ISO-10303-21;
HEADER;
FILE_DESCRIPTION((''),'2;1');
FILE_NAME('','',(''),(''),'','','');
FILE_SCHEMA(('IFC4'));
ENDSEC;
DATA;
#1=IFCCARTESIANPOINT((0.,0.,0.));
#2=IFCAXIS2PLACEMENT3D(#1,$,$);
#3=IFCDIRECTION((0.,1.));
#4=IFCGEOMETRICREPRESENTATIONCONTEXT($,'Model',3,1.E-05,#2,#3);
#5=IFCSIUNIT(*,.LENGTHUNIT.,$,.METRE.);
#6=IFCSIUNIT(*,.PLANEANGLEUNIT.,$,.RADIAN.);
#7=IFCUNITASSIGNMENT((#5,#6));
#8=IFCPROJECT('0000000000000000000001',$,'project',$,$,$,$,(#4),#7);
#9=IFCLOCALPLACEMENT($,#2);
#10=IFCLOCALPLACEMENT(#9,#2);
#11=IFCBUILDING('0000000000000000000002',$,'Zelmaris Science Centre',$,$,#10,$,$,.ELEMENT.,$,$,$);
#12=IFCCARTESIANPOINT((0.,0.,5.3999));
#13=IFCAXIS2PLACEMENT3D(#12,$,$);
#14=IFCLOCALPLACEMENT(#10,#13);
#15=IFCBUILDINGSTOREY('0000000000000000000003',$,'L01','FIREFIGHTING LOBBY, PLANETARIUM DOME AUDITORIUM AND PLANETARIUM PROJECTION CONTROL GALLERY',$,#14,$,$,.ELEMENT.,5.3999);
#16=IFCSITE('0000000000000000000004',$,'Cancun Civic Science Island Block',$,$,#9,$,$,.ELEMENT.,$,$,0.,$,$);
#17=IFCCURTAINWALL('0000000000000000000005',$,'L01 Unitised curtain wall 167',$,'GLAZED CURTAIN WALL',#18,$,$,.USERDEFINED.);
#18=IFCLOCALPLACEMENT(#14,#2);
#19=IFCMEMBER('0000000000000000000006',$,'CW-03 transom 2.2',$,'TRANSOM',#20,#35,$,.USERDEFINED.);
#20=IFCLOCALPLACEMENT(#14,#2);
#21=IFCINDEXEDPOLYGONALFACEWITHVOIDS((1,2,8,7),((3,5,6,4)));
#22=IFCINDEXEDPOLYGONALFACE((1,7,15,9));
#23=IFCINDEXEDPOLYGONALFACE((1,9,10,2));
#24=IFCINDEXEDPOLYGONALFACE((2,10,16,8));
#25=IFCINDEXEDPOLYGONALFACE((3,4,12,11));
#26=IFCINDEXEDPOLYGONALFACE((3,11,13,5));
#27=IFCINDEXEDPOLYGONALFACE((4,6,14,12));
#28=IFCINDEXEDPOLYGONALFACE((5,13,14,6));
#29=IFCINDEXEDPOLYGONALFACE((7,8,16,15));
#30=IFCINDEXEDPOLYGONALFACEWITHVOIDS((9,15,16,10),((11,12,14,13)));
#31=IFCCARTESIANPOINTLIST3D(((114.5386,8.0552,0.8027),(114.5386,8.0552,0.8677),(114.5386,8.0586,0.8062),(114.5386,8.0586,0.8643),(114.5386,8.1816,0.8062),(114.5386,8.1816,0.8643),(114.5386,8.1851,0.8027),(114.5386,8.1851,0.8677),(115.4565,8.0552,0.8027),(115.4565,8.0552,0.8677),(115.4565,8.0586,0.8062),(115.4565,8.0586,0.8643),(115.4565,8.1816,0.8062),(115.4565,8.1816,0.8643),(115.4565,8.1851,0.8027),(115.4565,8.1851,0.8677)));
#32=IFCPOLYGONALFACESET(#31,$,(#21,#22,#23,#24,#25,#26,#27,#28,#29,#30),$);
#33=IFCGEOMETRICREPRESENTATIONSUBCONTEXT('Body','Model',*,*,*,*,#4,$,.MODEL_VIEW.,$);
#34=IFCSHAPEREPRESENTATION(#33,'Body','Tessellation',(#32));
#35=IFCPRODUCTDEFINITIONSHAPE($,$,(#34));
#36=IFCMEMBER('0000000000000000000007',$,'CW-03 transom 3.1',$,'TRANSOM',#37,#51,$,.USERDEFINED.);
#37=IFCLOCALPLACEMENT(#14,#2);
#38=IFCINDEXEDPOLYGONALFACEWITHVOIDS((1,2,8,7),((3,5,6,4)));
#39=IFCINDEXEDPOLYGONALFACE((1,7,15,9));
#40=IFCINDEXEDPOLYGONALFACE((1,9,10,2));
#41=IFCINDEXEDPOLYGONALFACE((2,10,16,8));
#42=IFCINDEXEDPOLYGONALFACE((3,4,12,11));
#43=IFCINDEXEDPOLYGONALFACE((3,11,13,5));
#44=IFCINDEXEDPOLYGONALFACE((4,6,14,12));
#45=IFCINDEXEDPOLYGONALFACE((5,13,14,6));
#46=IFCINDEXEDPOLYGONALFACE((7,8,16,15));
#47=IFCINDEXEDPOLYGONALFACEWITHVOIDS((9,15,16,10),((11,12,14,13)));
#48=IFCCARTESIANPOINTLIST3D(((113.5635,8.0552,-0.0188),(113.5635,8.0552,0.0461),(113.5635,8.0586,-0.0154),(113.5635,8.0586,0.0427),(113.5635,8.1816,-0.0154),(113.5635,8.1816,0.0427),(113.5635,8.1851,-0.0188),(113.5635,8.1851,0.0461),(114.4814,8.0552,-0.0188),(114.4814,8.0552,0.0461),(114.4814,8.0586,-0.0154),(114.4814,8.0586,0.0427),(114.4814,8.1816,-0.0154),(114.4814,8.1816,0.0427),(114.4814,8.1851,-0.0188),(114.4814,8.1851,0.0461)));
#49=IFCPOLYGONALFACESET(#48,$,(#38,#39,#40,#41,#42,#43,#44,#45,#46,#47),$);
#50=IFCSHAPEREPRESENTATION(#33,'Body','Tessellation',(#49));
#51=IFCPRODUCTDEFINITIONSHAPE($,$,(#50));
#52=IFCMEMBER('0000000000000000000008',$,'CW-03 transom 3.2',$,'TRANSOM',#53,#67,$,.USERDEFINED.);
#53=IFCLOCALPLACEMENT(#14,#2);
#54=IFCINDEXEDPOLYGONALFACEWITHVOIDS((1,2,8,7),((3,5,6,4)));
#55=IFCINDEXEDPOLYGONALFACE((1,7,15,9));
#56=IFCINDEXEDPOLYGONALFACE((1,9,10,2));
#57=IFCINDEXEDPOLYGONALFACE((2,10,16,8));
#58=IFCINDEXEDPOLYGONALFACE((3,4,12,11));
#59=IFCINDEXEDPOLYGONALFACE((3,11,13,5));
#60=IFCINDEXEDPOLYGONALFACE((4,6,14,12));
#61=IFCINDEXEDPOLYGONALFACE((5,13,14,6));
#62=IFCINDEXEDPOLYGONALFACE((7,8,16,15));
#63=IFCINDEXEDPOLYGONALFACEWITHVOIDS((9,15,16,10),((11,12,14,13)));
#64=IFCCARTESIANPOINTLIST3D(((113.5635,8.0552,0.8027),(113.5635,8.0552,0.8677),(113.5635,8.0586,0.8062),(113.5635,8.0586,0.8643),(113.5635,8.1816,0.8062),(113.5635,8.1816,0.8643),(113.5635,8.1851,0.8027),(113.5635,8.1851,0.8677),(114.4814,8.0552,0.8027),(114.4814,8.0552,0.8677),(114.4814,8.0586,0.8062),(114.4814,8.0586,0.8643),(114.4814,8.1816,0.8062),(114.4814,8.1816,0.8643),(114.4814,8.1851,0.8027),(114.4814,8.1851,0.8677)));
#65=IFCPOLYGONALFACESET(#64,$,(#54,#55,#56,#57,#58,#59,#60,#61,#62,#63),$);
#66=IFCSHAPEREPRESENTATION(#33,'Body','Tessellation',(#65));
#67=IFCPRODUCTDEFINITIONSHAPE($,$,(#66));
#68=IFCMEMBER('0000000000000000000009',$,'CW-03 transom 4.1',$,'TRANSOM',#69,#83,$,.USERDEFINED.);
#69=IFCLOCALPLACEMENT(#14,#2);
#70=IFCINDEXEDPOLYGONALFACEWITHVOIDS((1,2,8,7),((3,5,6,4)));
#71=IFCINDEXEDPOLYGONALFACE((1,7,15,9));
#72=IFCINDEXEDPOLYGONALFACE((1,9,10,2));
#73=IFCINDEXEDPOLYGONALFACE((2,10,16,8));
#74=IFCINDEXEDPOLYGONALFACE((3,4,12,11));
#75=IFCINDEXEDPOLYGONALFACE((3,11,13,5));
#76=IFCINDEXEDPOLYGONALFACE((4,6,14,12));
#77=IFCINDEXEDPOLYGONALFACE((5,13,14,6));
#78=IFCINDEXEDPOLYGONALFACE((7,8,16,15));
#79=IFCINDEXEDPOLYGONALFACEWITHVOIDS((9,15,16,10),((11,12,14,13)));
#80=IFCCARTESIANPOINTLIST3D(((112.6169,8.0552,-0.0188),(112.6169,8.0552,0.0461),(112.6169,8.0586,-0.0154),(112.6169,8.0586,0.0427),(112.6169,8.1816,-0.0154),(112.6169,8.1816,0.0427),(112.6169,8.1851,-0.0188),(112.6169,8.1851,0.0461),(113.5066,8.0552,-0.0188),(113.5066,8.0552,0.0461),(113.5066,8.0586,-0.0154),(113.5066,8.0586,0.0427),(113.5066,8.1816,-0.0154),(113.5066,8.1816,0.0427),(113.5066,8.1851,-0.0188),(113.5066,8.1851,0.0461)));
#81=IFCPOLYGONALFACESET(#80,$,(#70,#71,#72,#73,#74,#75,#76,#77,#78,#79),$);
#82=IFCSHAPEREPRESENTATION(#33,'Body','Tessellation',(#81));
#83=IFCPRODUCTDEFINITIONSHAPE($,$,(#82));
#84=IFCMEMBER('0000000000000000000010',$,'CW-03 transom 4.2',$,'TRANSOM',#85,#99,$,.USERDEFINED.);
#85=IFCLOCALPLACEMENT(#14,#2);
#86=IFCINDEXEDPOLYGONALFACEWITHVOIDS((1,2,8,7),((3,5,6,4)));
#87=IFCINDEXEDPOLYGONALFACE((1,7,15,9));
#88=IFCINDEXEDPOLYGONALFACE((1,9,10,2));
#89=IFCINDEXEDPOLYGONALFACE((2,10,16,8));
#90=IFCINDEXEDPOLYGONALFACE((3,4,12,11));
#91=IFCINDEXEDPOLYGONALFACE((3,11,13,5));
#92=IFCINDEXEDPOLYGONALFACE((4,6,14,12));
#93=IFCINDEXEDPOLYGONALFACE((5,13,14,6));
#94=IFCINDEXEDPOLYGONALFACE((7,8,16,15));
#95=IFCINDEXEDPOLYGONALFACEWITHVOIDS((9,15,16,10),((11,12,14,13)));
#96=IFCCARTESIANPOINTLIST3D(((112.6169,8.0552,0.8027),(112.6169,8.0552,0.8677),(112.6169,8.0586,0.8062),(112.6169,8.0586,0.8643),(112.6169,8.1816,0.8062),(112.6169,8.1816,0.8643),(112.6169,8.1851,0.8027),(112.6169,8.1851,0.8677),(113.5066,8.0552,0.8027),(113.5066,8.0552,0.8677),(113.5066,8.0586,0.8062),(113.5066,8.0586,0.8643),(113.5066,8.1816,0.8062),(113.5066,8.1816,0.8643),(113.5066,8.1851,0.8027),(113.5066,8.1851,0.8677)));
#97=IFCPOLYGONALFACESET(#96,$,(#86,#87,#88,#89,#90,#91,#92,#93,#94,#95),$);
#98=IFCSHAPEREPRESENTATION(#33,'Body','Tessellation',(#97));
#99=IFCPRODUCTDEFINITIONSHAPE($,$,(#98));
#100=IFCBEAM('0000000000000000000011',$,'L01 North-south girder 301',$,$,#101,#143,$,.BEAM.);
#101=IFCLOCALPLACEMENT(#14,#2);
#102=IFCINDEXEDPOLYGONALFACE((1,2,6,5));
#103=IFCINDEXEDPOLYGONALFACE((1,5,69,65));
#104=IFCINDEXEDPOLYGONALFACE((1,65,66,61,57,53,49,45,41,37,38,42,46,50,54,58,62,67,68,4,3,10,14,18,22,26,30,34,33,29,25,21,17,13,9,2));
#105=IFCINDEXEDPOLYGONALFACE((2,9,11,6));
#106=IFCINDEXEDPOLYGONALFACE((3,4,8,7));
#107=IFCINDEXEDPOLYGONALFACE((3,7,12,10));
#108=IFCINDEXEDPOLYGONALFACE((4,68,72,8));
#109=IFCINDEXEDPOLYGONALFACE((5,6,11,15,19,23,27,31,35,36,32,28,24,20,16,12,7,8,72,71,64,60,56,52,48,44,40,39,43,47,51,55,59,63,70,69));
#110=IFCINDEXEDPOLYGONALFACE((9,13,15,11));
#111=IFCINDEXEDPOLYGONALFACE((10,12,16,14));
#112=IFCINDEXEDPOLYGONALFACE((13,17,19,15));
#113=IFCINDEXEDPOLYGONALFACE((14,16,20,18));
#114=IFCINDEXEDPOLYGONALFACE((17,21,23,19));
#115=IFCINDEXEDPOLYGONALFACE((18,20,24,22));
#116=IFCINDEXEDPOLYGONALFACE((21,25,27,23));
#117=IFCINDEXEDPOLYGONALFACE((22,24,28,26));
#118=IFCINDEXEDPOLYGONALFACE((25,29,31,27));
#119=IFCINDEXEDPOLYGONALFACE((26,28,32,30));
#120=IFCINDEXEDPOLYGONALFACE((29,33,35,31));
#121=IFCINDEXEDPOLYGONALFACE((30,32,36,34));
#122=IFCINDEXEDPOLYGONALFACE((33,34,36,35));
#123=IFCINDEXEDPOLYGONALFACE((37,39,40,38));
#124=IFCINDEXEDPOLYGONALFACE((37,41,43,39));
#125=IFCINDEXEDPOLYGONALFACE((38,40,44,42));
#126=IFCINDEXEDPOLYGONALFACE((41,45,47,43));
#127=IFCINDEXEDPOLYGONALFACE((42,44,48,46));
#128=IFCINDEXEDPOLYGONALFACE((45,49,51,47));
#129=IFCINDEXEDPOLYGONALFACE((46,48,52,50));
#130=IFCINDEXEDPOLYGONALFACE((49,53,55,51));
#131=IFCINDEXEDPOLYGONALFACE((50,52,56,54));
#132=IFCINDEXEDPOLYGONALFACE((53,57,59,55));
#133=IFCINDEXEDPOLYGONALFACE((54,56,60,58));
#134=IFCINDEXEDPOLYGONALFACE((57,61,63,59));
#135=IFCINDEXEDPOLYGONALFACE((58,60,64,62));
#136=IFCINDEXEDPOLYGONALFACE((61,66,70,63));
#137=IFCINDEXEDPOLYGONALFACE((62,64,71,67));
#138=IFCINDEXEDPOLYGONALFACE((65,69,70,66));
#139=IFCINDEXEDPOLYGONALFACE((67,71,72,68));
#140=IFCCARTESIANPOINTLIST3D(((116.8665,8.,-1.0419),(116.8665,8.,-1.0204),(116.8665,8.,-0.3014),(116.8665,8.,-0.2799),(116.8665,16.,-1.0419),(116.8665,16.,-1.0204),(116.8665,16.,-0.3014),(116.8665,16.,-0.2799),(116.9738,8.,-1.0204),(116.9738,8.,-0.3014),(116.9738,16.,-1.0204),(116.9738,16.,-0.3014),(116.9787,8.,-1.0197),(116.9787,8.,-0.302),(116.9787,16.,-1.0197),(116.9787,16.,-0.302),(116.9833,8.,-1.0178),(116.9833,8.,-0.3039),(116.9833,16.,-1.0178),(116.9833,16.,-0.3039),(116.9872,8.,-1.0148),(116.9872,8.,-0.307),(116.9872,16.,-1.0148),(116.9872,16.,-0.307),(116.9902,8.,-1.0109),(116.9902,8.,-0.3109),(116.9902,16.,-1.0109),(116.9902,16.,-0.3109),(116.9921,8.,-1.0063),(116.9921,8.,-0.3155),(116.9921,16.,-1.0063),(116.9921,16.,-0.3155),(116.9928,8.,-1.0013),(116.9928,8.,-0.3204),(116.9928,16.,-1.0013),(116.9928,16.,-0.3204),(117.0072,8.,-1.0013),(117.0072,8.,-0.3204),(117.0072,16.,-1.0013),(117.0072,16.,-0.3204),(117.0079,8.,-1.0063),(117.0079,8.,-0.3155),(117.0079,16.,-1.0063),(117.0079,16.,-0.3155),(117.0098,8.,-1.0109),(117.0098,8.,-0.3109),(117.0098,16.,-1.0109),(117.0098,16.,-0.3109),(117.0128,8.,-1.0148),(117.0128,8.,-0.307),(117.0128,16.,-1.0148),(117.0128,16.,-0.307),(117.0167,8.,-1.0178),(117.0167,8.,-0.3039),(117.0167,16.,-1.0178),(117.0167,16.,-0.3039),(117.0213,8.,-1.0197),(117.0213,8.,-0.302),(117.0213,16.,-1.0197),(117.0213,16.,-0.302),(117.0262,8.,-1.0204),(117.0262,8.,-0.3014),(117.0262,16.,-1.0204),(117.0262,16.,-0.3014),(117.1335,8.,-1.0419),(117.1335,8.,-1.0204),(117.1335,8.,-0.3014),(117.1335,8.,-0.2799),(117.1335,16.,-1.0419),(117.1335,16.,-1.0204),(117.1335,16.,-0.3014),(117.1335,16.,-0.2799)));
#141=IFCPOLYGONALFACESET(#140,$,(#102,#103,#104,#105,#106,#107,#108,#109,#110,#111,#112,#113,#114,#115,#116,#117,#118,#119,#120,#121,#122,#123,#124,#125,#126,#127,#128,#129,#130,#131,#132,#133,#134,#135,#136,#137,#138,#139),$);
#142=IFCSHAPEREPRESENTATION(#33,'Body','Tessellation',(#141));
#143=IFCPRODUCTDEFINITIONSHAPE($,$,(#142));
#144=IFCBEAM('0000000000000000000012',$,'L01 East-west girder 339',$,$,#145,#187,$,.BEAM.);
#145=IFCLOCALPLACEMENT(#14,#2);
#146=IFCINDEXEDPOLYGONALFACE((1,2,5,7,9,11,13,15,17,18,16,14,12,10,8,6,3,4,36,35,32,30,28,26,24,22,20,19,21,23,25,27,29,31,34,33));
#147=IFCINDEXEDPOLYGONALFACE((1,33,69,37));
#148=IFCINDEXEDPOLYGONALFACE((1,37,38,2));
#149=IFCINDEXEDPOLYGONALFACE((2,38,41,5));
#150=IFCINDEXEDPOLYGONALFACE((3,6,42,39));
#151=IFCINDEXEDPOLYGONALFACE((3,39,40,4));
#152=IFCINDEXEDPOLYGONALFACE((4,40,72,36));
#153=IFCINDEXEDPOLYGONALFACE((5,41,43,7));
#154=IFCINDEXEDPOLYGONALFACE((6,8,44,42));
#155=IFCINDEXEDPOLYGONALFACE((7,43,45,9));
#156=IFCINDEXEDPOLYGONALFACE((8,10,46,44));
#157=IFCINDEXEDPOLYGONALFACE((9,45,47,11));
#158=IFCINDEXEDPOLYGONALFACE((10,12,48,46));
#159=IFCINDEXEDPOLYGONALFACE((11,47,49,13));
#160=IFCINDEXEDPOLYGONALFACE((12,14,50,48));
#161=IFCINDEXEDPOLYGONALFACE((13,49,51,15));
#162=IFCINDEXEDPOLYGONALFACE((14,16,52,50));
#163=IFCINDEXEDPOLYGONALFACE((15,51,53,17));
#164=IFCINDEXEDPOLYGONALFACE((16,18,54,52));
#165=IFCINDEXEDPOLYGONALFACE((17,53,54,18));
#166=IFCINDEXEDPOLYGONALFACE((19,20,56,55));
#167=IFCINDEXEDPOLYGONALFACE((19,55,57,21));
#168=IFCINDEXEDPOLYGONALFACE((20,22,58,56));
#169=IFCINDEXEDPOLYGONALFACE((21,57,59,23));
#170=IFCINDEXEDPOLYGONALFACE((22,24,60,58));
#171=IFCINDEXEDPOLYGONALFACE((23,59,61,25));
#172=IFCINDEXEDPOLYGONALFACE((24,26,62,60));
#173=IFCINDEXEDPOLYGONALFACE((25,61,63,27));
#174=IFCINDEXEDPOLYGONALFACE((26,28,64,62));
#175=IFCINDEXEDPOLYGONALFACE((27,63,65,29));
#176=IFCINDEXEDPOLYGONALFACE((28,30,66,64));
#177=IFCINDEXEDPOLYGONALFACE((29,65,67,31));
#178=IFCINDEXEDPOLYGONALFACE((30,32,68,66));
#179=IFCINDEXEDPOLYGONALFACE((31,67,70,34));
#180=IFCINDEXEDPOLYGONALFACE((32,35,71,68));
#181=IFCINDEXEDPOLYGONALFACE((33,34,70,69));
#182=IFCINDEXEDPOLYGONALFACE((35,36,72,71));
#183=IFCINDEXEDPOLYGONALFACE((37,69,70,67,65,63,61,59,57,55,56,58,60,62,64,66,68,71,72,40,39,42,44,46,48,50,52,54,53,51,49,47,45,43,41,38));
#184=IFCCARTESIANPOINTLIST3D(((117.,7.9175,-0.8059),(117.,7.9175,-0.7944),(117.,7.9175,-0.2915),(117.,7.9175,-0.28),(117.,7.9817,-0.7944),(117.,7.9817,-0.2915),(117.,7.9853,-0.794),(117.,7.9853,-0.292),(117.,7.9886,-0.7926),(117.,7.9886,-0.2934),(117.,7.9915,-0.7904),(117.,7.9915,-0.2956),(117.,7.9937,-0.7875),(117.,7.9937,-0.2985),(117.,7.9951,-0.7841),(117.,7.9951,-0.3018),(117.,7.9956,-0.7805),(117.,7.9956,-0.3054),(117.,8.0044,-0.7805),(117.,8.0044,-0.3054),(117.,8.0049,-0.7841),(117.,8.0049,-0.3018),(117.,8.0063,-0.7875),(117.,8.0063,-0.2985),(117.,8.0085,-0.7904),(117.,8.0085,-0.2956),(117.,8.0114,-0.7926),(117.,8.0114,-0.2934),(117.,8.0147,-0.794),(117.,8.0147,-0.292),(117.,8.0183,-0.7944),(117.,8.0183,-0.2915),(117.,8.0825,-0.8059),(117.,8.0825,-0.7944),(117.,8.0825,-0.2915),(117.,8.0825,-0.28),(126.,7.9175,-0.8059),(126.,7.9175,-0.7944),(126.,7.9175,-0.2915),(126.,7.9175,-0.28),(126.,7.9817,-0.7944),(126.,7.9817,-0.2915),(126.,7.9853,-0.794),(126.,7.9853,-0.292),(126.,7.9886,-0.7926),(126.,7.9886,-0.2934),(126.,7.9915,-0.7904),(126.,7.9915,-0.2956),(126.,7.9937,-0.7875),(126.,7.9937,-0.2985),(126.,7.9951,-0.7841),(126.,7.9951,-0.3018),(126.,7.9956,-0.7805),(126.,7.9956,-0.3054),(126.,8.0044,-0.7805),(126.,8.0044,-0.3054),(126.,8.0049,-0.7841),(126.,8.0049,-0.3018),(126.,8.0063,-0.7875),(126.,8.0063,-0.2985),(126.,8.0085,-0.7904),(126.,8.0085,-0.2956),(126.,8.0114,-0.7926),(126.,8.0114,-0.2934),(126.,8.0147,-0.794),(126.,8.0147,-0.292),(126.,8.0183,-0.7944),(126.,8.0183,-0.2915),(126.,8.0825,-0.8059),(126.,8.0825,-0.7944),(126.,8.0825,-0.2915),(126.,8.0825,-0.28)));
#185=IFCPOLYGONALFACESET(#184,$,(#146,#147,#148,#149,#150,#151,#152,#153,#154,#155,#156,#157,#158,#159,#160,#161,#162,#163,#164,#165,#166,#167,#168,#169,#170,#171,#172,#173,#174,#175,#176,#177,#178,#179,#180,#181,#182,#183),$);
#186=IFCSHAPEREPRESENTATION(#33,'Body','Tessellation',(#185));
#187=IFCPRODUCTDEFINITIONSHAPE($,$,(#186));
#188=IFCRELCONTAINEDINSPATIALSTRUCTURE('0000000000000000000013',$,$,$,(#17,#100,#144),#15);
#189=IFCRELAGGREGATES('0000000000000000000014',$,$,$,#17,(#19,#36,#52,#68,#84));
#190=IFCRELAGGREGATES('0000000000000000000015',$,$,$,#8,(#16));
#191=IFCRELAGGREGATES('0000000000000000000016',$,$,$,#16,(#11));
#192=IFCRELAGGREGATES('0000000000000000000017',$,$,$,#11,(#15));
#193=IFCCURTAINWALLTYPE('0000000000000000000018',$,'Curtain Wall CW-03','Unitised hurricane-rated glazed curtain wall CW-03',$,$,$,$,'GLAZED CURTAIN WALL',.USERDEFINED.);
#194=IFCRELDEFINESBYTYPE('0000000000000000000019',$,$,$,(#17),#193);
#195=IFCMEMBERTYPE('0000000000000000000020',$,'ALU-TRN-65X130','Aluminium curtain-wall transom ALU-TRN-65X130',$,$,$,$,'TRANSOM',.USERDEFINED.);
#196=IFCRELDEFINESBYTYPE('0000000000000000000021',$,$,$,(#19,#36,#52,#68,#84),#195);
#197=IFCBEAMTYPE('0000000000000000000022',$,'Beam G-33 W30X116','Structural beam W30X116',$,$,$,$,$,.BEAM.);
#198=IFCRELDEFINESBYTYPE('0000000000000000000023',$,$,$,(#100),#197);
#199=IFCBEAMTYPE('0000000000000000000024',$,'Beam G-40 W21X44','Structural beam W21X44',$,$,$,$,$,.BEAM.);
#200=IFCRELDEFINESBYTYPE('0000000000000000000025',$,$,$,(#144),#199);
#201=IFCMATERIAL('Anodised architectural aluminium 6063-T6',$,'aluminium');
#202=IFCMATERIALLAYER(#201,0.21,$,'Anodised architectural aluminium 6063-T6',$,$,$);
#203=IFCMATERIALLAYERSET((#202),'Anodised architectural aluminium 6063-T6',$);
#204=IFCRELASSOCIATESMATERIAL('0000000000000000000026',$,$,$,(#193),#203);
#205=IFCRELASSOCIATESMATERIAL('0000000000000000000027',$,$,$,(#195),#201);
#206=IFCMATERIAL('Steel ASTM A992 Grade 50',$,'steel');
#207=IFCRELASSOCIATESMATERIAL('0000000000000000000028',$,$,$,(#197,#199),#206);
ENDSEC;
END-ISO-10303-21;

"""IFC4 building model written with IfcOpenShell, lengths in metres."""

from ifc_helpers import new_model, si_unit, direction, frame, origin, origin_2d, place, context, subcontext, project, spatial, hollow_rectangle, i_section, extrude, material, layer, layer_set, material_profile, profile_set, type_object, element, aggregate, save


model = new_model("IFC4")

# Units and contexts
model_context = context("Model", 3, precision=1e-05, world=origin(), true_north=direction((0.0, 1.0)))
body_context = subcontext(model_context, "Body", "Model", "MODEL_VIEW")
ifc_project = project(units=[si_unit("LENGTHUNIT", "METRE"), si_unit("PLANEANGLEUNIT", "RADIAN")], contexts=[model_context])

# Site, building, storey
site_placement = place(None, origin())
site = spatial("IfcSite", under=ifc_project, at=site_placement, Name="Cancun Civic Science Island Block", CompositionType="ELEMENT", RefElevation=0.0)
building_placement = place(site_placement, origin())
building = spatial("IfcBuilding", under=site, at=building_placement, Name="Zelmaris Science Centre", CompositionType="ELEMENT")
storey_placement = place(building_placement, frame((0.0, 0.0, 5.3999)))
storey = spatial("IfcBuildingStorey", under=building, at=storey_placement, Name="L01", Description="FIREFIGHTING LOBBY, PLANETARIUM DOME AUDITORIUM AND PLANETARIUM PROJECTION CONTROL GALLERY", CompositionType="ELEMENT", Elevation=5.3999)

# Curtain wall, members
ifc_material_1 = material(Name="Anodised architectural aluminium 6063-T6", Category="aluminium")
ifc_layer_1 = layer(ifc_material_1, 0.21, Name="Anodised architectural aluminium 6063-T6")
ifc_layer_set_1 = layer_set([ifc_layer_1], Name="Anodised architectural aluminium 6063-T6")
curtain_wall_type = type_object("IfcCurtainWallType", Name="Curtain Wall CW-03", Description="Unitised hurricane-rated glazed curtain wall CW-03", ElementType="GLAZED CURTAIN WALL", PredefinedType="USERDEFINED", material=ifc_layer_set_1)
curtain_wall_placement = place(storey_placement, origin())
curtain_wall = element("IfcCurtainWall", 1, at=curtain_wall_placement, inside=storey, type_object=curtain_wall_type, Name="L01 Unitised curtain wall 167", ObjectType="GLAZED CURTAIN WALL", PredefinedType="USERDEFINED")
ifc_material_profile_1 = material_profile(ifc_material_1, hollow_rectangle(XDim=0.0649, YDim=0.1299, WallThickness=0.0034, at=origin_2d()), Name="ALU-TRN-65X130")
ifc_profile_set_1 = profile_set([ifc_material_profile_1], Name="Anodised architectural aluminium 6063-T6")
member_type_1 = type_object("IfcMemberType", Name="ALU-TRN-65X130", Description="Aluminium curtain-wall transom ALU-TRN-65X130", ElementType="TRANSOM", PredefinedType="USERDEFINED", material=ifc_profile_set_1)
member_1_placement = place(storey_placement, frame((115.4565, 8.1201, 0.8352), z_axis=(-1.0, 0.0, 0.0), x_axis=(0.0, 0.0, 1.0)))
member_1 = element("IfcMember", 2, at=member_1_placement, type_object=member_type_1, Name="CW-03 transom 2.2", ObjectType="TRANSOM", PredefinedType="USERDEFINED", context=body_context, shape_type="SweptSolid", body=[
    extrude(hollow_rectangle(XDim=0.0649, YDim=0.1299, WallThickness=0.0034, at=origin_2d()), origin(), (0.0, 0.0, 1.0), 0.918),
])
member_2_placement = place(storey_placement, frame((114.4814, 8.1201, 0.0137), z_axis=(-1.0, 0.0, 0.0), x_axis=(0.0, 0.0, 1.0)))
member_2 = element("IfcMember", 3, at=member_2_placement, type_object=member_type_1, Name="CW-03 transom 3.1", ObjectType="TRANSOM", PredefinedType="USERDEFINED", context=body_context, shape_type="SweptSolid", body=[
    extrude(hollow_rectangle(XDim=0.0649, YDim=0.1299, WallThickness=0.0034, at=origin_2d()), origin(), (0.0, 0.0, 1.0), 0.918),
])
member_3_placement = place(storey_placement, frame((114.4814, 8.1201, 0.8352), z_axis=(-1.0, 0.0, 0.0), x_axis=(0.0, 0.0, 1.0)))
member_3 = element("IfcMember", 4, at=member_3_placement, type_object=member_type_1, Name="CW-03 transom 3.2", ObjectType="TRANSOM", PredefinedType="USERDEFINED", context=body_context, shape_type="SweptSolid", body=[
    extrude(hollow_rectangle(XDim=0.0649, YDim=0.1299, WallThickness=0.0034, at=origin_2d()), origin(), (0.0, 0.0, 1.0), 0.918),
])
member_4_placement = place(storey_placement, frame((113.5066, 8.1201, 0.0137), z_axis=(-1.0, 0.0, 0.0), x_axis=(0.0, 0.0, 1.0)))
member_4 = element("IfcMember", 5, at=member_4_placement, type_object=member_type_1, Name="CW-03 transom 4.1", ObjectType="TRANSOM", PredefinedType="USERDEFINED", context=body_context, shape_type="SweptSolid", body=[
    extrude(hollow_rectangle(XDim=0.0649, YDim=0.1299, WallThickness=0.0034, at=origin_2d()), origin(), (0.0, 0.0, 1.0), 0.8896),
])
member_5_placement = place(storey_placement, frame((113.5066, 8.1201, 0.8352), z_axis=(-1.0, 0.0, 0.0), x_axis=(0.0, 0.0, 1.0)))
member_5 = element("IfcMember", 6, at=member_5_placement, type_object=member_type_1, Name="CW-03 transom 4.2", ObjectType="TRANSOM", PredefinedType="USERDEFINED", context=body_context, shape_type="SweptSolid", body=[
    extrude(hollow_rectangle(XDim=0.0649, YDim=0.1299, WallThickness=0.0034, at=origin_2d()), origin(), (0.0, 0.0, 1.0), 0.8896),
])

# Beams
ifc_material_2 = material(Name="Steel ASTM A992 Grade 50", Category="steel")
ifc_material_profile_2 = material_profile(ifc_material_2, i_section(OverallWidth=0.2671, OverallDepth=0.762, WebThickness=0.0144, FlangeThickness=0.0215, FilletRadius=0.019, at=origin_2d()), Name="W30X116")
ifc_profile_set_2 = profile_set([ifc_material_profile_2], Name="Steel ASTM A992 Grade 50")
beam_type_1 = type_object("IfcBeamType", Name="Beam G-33 W30X116", Description="Structural beam W30X116", PredefinedType="BEAM", material=ifc_profile_set_2)
beam_1_placement = place(storey_placement, frame((117.0, 8.0, -0.6609), z_axis=(0.0, 1.0, 0.0), x_axis=(-1.0, 0.0, 0.0)))
element("IfcBeam", 7, at=beam_1_placement, inside=storey, type_object=beam_type_1, Name="L01 North-south girder 301", PredefinedType="BEAM", context=body_context, shape_type="SweptSolid", body=[
    extrude(i_section(OverallWidth=0.2671, OverallDepth=0.762, WebThickness=0.0144, FlangeThickness=0.0215, FilletRadius=0.019, at=origin_2d()), origin(), (0.0, 0.0, 1.0), 8.0),
])
ifc_material_profile_3 = material_profile(ifc_material_2, i_section(OverallWidth=0.165, OverallDepth=0.5259, WebThickness=0.0088, FlangeThickness=0.0115, FilletRadius=0.0139, at=origin_2d()), Name="W21X44")
ifc_profile_set_3 = profile_set([ifc_material_profile_3], Name="Steel ASTM A992 Grade 50")
beam_type_2 = type_object("IfcBeamType", Name="Beam G-40 W21X44", Description="Structural beam W21X44", PredefinedType="BEAM", material=ifc_profile_set_3)
beam_2_placement = place(storey_placement, frame((117.0, 8.0, -0.543), z_axis=(1.0, 0.0, 0.0), x_axis=(0.0, 1.0, 0.0)))
element("IfcBeam", 8, at=beam_2_placement, inside=storey, type_object=beam_type_2, Name="L01 East-west girder 339", PredefinedType="BEAM", context=body_context, shape_type="SweptSolid", body=[
    extrude(i_section(OverallWidth=0.165, OverallDepth=0.5259, WebThickness=0.0088, FlangeThickness=0.0115, FilletRadius=0.0139, at=origin_2d()), origin(), (0.0, 0.0, 1.0), 9.0),
])

aggregate(curtain_wall, [member_1, member_2, member_3, member_4, member_5])

save(model, "model.ifc")
